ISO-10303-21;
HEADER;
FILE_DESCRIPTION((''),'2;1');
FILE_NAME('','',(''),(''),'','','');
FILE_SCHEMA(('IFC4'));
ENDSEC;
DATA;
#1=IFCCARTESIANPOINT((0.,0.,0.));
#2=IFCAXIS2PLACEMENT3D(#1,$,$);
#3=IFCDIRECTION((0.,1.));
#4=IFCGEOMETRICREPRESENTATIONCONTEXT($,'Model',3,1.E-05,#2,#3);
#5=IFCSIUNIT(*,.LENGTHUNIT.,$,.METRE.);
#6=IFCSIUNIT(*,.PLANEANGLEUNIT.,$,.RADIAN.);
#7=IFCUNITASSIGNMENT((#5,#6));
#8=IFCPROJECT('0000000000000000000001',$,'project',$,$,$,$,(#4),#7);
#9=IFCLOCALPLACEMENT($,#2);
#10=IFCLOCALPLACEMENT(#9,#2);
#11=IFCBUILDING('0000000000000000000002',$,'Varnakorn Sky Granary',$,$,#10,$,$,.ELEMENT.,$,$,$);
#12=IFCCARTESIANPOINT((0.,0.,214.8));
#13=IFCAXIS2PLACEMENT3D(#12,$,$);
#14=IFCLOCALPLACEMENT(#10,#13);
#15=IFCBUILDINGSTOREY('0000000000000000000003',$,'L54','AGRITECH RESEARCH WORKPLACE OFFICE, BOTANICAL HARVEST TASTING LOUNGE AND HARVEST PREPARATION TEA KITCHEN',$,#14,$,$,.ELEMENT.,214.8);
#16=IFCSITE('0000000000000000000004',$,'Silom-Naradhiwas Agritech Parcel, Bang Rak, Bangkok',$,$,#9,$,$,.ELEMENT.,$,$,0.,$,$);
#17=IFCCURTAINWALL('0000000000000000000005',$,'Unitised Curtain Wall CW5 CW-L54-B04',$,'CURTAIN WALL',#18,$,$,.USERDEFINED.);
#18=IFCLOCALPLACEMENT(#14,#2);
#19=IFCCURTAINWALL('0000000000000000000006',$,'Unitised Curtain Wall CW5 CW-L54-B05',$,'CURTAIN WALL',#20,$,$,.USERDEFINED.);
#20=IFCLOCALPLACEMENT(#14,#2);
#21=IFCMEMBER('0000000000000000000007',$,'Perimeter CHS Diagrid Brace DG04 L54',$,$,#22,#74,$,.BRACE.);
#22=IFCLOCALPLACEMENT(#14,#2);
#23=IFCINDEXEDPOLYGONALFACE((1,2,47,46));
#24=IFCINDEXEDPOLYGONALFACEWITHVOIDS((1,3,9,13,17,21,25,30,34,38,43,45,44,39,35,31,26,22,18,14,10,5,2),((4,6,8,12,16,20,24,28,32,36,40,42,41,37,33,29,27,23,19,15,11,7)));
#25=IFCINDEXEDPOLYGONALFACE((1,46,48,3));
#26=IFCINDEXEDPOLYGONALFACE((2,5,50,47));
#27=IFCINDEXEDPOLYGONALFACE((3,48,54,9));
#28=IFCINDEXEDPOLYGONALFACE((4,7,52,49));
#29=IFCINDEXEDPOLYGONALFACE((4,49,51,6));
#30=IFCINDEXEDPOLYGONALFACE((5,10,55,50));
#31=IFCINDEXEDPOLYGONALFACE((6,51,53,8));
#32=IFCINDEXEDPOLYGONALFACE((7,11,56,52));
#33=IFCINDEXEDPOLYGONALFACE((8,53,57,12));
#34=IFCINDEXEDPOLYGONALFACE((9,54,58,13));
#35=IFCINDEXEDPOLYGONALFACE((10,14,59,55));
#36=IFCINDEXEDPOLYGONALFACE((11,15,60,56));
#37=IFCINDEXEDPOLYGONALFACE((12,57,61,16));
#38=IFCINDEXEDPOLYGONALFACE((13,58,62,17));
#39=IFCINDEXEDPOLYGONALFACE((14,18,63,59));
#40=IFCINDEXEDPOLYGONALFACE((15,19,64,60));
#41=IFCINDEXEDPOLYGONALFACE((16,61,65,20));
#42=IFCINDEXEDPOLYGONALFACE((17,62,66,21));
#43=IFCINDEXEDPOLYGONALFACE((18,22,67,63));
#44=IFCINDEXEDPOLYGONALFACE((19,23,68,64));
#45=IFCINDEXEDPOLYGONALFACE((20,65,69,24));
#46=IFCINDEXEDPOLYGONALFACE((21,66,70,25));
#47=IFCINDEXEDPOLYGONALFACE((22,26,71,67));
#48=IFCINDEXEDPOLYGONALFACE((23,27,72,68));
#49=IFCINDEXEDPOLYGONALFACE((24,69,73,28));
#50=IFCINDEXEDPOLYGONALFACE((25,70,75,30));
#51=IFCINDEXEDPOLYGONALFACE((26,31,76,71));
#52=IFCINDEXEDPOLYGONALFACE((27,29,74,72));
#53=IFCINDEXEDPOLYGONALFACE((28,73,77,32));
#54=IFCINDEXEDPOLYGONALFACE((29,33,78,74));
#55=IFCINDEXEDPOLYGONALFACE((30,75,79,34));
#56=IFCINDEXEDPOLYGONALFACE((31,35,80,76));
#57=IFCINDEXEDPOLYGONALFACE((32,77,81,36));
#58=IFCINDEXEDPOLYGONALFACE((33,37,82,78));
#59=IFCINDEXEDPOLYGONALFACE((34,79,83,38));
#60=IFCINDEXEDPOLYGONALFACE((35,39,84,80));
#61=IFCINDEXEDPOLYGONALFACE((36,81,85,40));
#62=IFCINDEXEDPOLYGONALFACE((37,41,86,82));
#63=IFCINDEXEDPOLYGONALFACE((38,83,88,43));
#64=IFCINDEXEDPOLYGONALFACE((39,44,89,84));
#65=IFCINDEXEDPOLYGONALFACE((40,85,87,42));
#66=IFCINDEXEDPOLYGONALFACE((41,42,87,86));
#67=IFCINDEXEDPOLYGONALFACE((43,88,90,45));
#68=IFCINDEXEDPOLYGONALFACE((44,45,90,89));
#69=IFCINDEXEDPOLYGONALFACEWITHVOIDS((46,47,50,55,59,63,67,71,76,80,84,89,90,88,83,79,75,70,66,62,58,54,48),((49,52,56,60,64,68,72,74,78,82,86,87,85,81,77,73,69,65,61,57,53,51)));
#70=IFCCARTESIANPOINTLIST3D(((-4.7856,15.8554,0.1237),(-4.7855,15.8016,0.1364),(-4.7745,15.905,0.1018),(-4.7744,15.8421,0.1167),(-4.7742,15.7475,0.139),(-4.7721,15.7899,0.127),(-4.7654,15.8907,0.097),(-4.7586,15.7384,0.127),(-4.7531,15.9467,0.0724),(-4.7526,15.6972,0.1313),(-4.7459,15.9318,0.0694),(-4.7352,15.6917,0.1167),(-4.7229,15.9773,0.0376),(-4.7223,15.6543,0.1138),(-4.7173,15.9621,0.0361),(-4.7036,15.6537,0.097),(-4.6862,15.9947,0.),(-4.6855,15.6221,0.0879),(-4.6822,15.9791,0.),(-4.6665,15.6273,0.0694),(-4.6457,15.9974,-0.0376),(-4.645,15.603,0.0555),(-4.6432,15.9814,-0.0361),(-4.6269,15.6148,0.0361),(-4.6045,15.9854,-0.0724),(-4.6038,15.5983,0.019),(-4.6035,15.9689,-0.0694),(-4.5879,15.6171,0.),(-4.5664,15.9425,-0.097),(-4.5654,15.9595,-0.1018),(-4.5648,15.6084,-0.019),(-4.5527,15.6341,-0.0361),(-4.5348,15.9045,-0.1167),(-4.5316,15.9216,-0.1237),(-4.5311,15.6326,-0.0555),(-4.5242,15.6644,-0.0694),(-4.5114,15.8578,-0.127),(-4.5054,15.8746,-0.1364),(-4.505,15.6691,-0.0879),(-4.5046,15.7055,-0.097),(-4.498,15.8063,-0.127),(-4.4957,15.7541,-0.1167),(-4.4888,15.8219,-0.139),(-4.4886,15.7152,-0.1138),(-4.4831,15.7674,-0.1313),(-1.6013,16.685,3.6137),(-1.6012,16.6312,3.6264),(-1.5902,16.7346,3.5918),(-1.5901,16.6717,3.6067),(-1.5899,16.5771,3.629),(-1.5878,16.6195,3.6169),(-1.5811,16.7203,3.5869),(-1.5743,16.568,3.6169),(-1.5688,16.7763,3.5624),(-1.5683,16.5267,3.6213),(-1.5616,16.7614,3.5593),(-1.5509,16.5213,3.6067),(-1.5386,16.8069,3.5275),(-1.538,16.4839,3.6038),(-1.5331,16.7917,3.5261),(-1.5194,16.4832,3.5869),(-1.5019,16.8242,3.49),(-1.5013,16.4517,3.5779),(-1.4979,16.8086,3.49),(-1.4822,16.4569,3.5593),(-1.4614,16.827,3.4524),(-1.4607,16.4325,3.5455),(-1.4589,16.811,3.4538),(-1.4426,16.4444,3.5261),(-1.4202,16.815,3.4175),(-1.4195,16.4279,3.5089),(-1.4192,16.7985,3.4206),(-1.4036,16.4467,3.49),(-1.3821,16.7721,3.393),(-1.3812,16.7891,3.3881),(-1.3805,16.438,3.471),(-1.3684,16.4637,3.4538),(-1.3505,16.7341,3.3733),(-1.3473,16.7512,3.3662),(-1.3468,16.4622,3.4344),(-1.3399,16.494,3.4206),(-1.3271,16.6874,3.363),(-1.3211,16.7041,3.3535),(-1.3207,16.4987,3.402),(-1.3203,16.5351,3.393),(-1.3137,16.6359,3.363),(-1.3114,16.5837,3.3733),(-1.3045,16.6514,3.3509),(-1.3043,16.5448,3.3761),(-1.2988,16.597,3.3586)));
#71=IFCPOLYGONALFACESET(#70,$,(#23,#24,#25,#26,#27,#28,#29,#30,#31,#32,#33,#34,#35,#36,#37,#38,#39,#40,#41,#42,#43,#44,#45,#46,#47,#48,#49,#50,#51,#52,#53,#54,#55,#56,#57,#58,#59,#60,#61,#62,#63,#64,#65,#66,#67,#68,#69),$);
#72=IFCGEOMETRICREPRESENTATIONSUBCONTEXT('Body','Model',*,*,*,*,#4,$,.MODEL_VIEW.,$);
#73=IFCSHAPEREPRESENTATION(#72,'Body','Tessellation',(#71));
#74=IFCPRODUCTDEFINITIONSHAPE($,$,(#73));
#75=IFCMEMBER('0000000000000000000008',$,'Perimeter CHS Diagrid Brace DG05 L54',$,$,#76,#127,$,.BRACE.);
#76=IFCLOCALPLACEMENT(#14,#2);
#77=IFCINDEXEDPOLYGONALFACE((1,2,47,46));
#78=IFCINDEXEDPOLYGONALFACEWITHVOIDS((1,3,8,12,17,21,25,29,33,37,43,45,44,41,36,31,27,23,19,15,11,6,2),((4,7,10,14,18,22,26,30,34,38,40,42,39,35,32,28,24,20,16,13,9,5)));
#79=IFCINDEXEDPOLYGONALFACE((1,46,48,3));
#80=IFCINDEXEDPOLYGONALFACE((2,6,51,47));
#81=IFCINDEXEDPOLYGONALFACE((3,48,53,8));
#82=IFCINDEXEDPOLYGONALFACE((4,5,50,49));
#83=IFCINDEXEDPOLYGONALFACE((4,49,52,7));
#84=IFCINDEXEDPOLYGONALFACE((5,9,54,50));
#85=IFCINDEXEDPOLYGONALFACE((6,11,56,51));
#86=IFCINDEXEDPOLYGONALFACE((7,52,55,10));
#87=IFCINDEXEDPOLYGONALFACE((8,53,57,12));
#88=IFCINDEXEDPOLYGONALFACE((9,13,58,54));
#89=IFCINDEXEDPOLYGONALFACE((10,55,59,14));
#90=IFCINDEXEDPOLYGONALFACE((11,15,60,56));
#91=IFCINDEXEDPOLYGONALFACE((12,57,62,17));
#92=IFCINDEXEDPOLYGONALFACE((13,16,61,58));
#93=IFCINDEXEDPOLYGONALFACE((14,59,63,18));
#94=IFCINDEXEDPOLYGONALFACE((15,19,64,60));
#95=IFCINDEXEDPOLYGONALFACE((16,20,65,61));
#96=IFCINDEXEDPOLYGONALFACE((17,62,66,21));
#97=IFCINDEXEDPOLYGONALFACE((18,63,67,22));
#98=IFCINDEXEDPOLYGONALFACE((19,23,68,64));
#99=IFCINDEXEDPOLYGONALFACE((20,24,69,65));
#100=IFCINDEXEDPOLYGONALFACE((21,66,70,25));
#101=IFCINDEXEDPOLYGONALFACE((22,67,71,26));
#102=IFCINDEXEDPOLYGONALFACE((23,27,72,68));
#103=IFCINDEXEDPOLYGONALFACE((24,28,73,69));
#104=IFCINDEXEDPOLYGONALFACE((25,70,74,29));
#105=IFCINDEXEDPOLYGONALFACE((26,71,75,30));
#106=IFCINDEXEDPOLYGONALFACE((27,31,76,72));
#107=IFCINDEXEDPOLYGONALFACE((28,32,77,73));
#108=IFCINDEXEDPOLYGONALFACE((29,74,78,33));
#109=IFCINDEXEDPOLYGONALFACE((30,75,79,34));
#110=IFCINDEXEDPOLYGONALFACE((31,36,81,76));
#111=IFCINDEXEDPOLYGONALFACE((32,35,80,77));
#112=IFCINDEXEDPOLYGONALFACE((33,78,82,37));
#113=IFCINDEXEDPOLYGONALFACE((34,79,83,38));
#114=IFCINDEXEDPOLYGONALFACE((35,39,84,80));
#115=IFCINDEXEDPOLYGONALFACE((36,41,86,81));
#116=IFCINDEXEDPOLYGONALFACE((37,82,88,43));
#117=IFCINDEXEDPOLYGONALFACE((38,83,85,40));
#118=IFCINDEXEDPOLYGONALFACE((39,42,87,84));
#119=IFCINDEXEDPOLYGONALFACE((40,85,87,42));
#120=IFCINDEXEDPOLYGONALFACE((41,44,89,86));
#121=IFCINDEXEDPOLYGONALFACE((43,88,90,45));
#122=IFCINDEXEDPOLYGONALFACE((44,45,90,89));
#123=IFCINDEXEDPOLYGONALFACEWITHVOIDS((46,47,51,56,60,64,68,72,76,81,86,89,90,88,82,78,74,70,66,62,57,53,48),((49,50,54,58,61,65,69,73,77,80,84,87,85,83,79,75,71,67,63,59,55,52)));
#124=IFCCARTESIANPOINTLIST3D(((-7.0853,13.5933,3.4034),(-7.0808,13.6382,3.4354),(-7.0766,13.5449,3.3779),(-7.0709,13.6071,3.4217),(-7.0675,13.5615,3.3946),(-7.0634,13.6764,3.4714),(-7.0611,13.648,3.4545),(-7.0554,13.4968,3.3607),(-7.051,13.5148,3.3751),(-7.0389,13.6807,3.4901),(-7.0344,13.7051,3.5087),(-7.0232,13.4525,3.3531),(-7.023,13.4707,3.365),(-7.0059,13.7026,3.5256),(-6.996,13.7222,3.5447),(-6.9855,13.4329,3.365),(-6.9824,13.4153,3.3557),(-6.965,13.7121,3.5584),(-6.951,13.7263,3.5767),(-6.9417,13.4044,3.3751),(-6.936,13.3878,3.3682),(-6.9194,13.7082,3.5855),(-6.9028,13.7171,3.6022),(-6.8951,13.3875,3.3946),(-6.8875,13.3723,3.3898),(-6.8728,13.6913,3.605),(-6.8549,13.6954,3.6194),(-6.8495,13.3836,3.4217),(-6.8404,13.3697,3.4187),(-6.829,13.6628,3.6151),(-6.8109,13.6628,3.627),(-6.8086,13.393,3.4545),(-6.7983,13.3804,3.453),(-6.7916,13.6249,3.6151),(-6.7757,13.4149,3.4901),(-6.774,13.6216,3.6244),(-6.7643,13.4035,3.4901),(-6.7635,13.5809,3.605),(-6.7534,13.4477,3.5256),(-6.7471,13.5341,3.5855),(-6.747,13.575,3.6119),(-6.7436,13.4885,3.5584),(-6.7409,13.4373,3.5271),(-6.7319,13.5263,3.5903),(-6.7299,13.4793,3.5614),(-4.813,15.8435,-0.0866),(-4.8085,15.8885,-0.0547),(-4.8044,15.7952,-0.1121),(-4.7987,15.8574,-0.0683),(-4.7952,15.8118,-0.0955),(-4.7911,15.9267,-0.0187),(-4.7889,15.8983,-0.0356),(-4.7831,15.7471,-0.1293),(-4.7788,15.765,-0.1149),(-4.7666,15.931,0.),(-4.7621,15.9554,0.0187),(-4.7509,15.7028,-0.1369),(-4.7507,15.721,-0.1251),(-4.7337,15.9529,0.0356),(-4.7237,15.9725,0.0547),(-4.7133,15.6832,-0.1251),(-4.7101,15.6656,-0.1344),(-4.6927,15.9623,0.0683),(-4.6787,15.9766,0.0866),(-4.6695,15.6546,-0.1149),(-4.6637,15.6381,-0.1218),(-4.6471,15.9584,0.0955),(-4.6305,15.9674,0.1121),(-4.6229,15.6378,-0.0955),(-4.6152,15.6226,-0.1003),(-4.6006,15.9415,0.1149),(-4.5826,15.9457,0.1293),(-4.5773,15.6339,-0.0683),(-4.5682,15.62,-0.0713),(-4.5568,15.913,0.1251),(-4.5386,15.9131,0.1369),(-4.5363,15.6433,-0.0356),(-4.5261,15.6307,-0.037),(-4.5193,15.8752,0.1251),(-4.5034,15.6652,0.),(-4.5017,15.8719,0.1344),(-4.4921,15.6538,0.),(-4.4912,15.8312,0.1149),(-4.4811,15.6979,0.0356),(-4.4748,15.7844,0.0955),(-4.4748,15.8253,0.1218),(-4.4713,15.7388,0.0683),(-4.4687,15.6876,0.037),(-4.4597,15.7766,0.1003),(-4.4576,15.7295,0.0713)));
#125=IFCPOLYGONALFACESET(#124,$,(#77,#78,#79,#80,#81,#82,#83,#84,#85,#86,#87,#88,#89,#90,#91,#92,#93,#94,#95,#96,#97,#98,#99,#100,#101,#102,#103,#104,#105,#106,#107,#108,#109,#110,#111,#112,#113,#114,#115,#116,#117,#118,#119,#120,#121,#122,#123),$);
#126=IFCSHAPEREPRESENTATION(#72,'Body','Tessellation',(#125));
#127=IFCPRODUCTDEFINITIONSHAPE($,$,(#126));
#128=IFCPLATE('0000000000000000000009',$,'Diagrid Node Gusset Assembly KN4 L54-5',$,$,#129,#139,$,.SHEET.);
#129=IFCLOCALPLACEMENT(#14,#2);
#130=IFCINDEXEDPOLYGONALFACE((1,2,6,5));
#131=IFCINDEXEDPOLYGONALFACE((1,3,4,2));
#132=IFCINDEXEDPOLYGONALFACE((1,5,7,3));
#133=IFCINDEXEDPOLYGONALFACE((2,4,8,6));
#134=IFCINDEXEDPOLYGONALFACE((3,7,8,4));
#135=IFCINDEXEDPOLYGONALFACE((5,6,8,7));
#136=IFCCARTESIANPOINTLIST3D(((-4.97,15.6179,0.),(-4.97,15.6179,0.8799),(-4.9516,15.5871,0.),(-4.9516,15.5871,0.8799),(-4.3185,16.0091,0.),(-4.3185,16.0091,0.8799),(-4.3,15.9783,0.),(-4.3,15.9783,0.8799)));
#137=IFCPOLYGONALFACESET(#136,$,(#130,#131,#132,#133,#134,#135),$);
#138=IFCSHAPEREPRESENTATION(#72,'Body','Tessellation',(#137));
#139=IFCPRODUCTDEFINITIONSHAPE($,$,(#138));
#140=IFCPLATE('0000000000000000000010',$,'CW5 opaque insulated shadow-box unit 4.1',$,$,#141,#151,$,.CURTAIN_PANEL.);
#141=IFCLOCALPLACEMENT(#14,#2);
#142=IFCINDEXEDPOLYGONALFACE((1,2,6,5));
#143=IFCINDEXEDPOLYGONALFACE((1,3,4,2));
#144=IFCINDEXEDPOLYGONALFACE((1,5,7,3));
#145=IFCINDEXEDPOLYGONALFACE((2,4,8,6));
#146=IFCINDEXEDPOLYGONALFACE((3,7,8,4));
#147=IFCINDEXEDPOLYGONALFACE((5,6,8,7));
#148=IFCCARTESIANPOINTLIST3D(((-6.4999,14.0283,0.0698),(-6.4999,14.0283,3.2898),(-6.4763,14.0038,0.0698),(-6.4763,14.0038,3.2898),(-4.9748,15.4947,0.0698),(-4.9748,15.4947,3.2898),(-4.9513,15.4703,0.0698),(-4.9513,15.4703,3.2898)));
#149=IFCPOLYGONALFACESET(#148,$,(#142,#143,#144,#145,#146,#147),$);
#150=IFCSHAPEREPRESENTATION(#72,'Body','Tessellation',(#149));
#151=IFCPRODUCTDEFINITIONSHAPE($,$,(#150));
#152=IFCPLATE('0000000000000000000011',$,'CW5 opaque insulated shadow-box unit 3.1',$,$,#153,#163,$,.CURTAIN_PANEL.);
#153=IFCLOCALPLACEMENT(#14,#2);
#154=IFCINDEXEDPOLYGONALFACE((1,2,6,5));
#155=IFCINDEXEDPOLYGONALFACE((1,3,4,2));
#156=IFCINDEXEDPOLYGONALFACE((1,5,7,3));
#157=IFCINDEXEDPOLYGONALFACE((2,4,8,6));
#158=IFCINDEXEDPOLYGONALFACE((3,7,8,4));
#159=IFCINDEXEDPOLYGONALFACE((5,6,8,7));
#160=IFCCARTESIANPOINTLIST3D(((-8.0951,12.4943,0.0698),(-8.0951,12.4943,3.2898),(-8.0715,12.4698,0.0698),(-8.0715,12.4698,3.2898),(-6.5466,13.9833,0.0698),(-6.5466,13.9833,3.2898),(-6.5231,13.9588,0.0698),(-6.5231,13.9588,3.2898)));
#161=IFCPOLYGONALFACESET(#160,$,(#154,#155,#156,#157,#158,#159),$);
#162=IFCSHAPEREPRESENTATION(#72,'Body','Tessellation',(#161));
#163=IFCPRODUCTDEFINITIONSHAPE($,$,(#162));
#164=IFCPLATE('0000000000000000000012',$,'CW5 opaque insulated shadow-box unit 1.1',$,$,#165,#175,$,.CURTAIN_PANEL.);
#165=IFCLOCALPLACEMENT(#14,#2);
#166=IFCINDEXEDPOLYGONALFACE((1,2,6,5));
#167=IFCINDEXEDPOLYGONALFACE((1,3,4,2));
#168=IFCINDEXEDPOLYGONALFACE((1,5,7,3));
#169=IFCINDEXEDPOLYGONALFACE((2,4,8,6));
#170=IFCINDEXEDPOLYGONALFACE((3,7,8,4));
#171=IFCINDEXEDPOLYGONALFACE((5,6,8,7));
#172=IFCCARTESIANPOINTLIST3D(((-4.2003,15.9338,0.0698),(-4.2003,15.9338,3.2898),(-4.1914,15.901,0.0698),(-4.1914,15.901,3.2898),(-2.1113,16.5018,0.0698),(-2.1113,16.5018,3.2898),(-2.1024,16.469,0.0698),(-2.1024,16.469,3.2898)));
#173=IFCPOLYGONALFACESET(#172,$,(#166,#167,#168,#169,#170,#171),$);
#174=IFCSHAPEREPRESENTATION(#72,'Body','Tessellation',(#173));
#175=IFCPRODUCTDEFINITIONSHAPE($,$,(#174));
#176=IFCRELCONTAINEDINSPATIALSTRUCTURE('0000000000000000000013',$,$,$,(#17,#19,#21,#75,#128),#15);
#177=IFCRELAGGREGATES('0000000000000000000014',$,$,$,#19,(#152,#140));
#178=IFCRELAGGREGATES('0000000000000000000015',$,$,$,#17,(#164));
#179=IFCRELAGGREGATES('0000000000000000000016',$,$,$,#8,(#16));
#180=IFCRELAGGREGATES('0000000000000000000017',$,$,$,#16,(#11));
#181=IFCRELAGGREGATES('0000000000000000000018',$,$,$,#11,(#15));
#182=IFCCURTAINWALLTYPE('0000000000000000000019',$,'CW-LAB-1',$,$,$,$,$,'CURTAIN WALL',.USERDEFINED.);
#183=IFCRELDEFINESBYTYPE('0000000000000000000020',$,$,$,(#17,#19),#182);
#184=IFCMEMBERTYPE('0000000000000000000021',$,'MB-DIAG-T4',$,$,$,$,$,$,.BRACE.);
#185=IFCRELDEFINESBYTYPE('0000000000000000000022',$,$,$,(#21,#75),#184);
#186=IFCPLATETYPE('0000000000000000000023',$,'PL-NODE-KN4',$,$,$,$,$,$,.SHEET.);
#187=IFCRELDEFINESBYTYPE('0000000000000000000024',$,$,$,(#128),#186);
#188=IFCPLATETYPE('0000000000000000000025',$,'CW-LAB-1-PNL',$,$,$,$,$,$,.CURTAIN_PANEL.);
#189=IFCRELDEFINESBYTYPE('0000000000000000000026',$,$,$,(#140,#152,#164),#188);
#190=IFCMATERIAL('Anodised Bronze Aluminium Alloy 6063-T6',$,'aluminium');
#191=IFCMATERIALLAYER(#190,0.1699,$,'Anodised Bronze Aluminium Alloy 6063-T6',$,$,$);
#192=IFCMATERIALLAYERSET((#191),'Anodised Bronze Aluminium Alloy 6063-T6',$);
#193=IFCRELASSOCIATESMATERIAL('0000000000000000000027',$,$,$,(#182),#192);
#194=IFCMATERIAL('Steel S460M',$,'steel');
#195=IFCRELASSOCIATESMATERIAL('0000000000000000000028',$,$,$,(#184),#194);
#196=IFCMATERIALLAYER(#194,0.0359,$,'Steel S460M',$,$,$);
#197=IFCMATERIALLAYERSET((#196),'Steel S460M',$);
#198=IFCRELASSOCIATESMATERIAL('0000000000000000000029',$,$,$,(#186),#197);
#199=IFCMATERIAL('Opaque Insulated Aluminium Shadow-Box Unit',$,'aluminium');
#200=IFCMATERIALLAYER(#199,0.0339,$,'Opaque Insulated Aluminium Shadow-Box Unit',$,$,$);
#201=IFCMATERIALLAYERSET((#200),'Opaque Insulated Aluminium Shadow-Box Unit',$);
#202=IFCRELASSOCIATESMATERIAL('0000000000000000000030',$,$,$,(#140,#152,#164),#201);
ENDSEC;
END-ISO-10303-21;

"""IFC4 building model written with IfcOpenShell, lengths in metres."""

from ifc_helpers import new_model, si_unit, direction, frame, origin, origin_2d, place, context, subcontext, project, spatial, rectangle, hollow_circle, extrude, source, transform, mapped, material, layer, layer_set, material_profile, profile_set, type_object, type_shapes, element, aggregate, save


model = new_model("IFC4")

# Units and contexts
model_context = context("Model", 3, precision=1e-05, world=origin(), true_north=direction((0.0, 1.0)))
body_context = subcontext(model_context, "Body", "Model", "MODEL_VIEW")
ifc_project = project(units=[si_unit("LENGTHUNIT", "METRE"), si_unit("PLANEANGLEUNIT", "RADIAN")], contexts=[model_context])

# Site, building, storey
site_placement = place(None, origin())
site = spatial("IfcSite", under=ifc_project, at=site_placement, Name="Silom-Naradhiwas Agritech Parcel, Bang Rak, Bangkok", CompositionType="ELEMENT", RefElevation=0.0)
building_placement = place(site_placement, origin())
building = spatial("IfcBuilding", under=site, at=building_placement, Name="Varnakorn Sky Granary", CompositionType="ELEMENT")
storey_placement = place(building_placement, frame((0.0, 0.0, 214.8)))
storey = spatial("IfcBuildingStorey", under=building, at=storey_placement, Name="L54", Description="AGRITECH RESEARCH WORKPLACE OFFICE, BOTANICAL HARVEST TASTING LOUNGE AND HARVEST PREPARATION TEA KITCHEN", CompositionType="ELEMENT", Elevation=214.8)

# Shared definitions
ifc_material_1 = material(Name="Steel S460M", Category="steel")

# Curtain wall
ifc_material_2 = material(Name="Anodised Bronze Aluminium Alloy 6063-T6", Category="aluminium")
ifc_layer_1 = layer(ifc_material_2, 0.1699, Name="Anodised Bronze Aluminium Alloy 6063-T6")
ifc_layer_set_1 = layer_set([ifc_layer_1], Name="Anodised Bronze Aluminium Alloy 6063-T6")
curtain_wall_type = type_object("IfcCurtainWallType", Name="CW-LAB-1", ElementType="CURTAIN WALL", PredefinedType="USERDEFINED", material=ifc_layer_set_1)
curtain_wall_1_placement = place(storey_placement, origin())
curtain_wall_1 = element("IfcCurtainWall", 1, at=curtain_wall_1_placement, inside=storey, type_object=curtain_wall_type, Name="Unitised Curtain Wall CW5 CW-L54-B04", ObjectType="CURTAIN WALL", PredefinedType="USERDEFINED")

# Curtain wall
curtain_wall_2_placement = place(storey_placement, origin())
curtain_wall_2 = element("IfcCurtainWall", 2, at=curtain_wall_2_placement, inside=storey, type_object=curtain_wall_type, Name="Unitised Curtain Wall CW5 CW-L54-B05", ObjectType="CURTAIN WALL", PredefinedType="USERDEFINED")

# Members
ifc_material_profile_1 = material_profile(ifc_material_1, hollow_circle(Radius=0.2031, WallThickness=0.0161, at=origin_2d()), Name="CHS 406.4x16")
ifc_profile_set_1 = profile_set([ifc_material_profile_1], Name="Steel S460M")
member_type_1 = type_object("IfcMemberType", Name="MB-DIAG-T4", PredefinedType="BRACE", material=ifc_profile_set_1)
member_1_placement = place(storey_placement, frame((-4.635, 15.7981, 0.0), z_axis=(0.66386, 0.172951, 0.727584), x_axis=(-0.252108, 0.967699, 0.0)))
element("IfcMember", 3, at=member_1_placement, inside=storey, type_object=member_type_1, Name="Perimeter CHS Diagrid Brace DG04 L54", PredefinedType="BRACE", context=body_context, shape_type="SweptSolid", body=[
    extrude(hollow_circle(Radius=0.2031, WallThickness=0.0161, at=origin_2d()), origin(), (0.0, 0.0, 1.0), 4.7966),
])
member_2_placement = place(storey_placement, frame((-4.635, 15.7981, 0.0), z_axis=(-0.480023, -0.475381, 0.737286), x_axis=(0.703663, -0.710534, 0.0)))
element("IfcMember", 4, at=member_2_placement, inside=storey, type_object=member_type_1, Name="Perimeter CHS Diagrid Brace DG05 L54", PredefinedType="BRACE", context=body_context, shape_type="SweptSolid", body=[
    extrude(hollow_circle(Radius=0.2031, WallThickness=0.0161, at=origin_2d()), origin(), (0.0, 0.0, 1.0), 4.7336),
])

# Plates
ifc_layer_2 = layer(ifc_material_1, 0.0359, Name="Steel S460M")
ifc_layer_set_2 = layer_set([ifc_layer_2], Name="Steel S460M")
plate_type_1 = type_object("IfcPlateType", Name="PL-NODE-KN4", PredefinedType="SHEET", material=ifc_layer_set_2)
plate_1_placement = place(storey_placement, frame((-4.635, 15.7981, 0.0), z_axis=(0.0, 0.0, 1.0), x_axis=(-0.857344, -0.514743, 0.0)))
element("IfcPlate", 5, at=plate_1_placement, inside=storey, type_object=plate_type_1, Name="Diagrid Node Gusset Assembly KN4 L54-5", PredefinedType="SHEET", context=body_context, shape_type="SweptSolid", body=[
    extrude(rectangle(XDim=0.76, YDim=0.0359, at=origin_2d()), origin(), (0.0, 0.0, 1.0), 0.8799),
])
ifc_material_3 = material(Name="Opaque Insulated Aluminium Shadow-Box Unit", Category="aluminium")
ifc_layer_3 = layer(ifc_material_3, 0.0339, Name="Opaque Insulated Aluminium Shadow-Box Unit")
ifc_layer_set_3 = layer_set([ifc_layer_3], Name="Opaque Insulated Aluminium Shadow-Box Unit")
plate_type_2 = type_object("IfcPlateType", Name="CW-LAB-1-PNL", PredefinedType="CURTAIN_PANEL")
shared_shape_1 = source(origin(), body_context, "Body", "SweptSolid", [
    extrude(rectangle(XDim=2.1157, YDim=0.0339, at=origin_2d()), origin(), (0.0, 0.0, 1.0), 3.22),
])
plate_2_placement = place(storey_placement, frame((-5.7256, 14.7493, 0.0698), z_axis=(0.0, 0.0, 1.0), x_axis=(0.720803, 0.69314, 0.0)))
plate_2 = element("IfcPlate", 6, at=plate_2_placement, type_object=plate_type_2, material=ifc_layer_set_3, Name="CW5 opaque insulated shadow-box unit 4.1", PredefinedType="CURTAIN_PANEL", context=body_context, shape_type="MappedRepresentation", body=[
    mapped(shared_shape_1, transform((0.0, 0.0, 0.0), x_axis=(1.0, 0.0, 0.0), y_axis=(0.0, 1.0, 0.0), z_axis=(0.0, 0.0, 1.0), scale=1.0)),
])
shared_shape_2 = source(origin(), body_context, "Body", "SweptSolid", [
    extrude(rectangle(XDim=2.1482, YDim=0.0339, at=origin_2d()), origin(), (0.0, 0.0, 1.0), 3.22),
])
plate_3_placement = place(storey_placement, frame((-7.3091, 13.2266, 0.0698), z_axis=(0.0, 0.0, 1.0), x_axis=(0.720803, 0.69314, 0.0)))
plate_3 = element("IfcPlate", 7, at=plate_3_placement, type_object=plate_type_2, material=ifc_layer_set_3, Name="CW5 opaque insulated shadow-box unit 3.1", PredefinedType="CURTAIN_PANEL", context=body_context, shape_type="MappedRepresentation", body=[
    mapped(shared_shape_2, transform((0.0, 0.0, 0.0), x_axis=(1.0, 0.0, 0.0), y_axis=(0.0, 1.0, 0.0), z_axis=(0.0, 0.0, 1.0), scale=1.0)),
])
aggregate(curtain_wall_2, [plate_3, plate_2])
shared_shape_3 = source(origin(), body_context, "Body", "SweptSolid", [
    extrude(rectangle(XDim=2.1648, YDim=0.0339, at=origin_2d()), origin(), (0.0, 0.0, 1.0), 3.22),
])
type_shapes(plate_type_2, [shared_shape_1, shared_shape_2, shared_shape_3])
plate_4_placement = place(storey_placement, frame((-3.1514, 16.2014, 0.0698), z_axis=(0.0, 0.0, 1.0), x_axis=(0.964964, 0.262381, 0.0)))
plate_4 = element("IfcPlate", 8, at=plate_4_placement, type_object=plate_type_2, material=ifc_layer_set_3, Name="CW5 opaque insulated shadow-box unit 1.1", PredefinedType="CURTAIN_PANEL", context=body_context, shape_type="MappedRepresentation", body=[
    mapped(shared_shape_3, transform((0.0, 0.0, 0.0), x_axis=(1.0, 0.0, 0.0), y_axis=(0.0, 1.0, 0.0), z_axis=(0.0, 0.0, 1.0), scale=1.0)),
])
aggregate(curtain_wall_1, [plate_4])

save(model, "model.ifc")
